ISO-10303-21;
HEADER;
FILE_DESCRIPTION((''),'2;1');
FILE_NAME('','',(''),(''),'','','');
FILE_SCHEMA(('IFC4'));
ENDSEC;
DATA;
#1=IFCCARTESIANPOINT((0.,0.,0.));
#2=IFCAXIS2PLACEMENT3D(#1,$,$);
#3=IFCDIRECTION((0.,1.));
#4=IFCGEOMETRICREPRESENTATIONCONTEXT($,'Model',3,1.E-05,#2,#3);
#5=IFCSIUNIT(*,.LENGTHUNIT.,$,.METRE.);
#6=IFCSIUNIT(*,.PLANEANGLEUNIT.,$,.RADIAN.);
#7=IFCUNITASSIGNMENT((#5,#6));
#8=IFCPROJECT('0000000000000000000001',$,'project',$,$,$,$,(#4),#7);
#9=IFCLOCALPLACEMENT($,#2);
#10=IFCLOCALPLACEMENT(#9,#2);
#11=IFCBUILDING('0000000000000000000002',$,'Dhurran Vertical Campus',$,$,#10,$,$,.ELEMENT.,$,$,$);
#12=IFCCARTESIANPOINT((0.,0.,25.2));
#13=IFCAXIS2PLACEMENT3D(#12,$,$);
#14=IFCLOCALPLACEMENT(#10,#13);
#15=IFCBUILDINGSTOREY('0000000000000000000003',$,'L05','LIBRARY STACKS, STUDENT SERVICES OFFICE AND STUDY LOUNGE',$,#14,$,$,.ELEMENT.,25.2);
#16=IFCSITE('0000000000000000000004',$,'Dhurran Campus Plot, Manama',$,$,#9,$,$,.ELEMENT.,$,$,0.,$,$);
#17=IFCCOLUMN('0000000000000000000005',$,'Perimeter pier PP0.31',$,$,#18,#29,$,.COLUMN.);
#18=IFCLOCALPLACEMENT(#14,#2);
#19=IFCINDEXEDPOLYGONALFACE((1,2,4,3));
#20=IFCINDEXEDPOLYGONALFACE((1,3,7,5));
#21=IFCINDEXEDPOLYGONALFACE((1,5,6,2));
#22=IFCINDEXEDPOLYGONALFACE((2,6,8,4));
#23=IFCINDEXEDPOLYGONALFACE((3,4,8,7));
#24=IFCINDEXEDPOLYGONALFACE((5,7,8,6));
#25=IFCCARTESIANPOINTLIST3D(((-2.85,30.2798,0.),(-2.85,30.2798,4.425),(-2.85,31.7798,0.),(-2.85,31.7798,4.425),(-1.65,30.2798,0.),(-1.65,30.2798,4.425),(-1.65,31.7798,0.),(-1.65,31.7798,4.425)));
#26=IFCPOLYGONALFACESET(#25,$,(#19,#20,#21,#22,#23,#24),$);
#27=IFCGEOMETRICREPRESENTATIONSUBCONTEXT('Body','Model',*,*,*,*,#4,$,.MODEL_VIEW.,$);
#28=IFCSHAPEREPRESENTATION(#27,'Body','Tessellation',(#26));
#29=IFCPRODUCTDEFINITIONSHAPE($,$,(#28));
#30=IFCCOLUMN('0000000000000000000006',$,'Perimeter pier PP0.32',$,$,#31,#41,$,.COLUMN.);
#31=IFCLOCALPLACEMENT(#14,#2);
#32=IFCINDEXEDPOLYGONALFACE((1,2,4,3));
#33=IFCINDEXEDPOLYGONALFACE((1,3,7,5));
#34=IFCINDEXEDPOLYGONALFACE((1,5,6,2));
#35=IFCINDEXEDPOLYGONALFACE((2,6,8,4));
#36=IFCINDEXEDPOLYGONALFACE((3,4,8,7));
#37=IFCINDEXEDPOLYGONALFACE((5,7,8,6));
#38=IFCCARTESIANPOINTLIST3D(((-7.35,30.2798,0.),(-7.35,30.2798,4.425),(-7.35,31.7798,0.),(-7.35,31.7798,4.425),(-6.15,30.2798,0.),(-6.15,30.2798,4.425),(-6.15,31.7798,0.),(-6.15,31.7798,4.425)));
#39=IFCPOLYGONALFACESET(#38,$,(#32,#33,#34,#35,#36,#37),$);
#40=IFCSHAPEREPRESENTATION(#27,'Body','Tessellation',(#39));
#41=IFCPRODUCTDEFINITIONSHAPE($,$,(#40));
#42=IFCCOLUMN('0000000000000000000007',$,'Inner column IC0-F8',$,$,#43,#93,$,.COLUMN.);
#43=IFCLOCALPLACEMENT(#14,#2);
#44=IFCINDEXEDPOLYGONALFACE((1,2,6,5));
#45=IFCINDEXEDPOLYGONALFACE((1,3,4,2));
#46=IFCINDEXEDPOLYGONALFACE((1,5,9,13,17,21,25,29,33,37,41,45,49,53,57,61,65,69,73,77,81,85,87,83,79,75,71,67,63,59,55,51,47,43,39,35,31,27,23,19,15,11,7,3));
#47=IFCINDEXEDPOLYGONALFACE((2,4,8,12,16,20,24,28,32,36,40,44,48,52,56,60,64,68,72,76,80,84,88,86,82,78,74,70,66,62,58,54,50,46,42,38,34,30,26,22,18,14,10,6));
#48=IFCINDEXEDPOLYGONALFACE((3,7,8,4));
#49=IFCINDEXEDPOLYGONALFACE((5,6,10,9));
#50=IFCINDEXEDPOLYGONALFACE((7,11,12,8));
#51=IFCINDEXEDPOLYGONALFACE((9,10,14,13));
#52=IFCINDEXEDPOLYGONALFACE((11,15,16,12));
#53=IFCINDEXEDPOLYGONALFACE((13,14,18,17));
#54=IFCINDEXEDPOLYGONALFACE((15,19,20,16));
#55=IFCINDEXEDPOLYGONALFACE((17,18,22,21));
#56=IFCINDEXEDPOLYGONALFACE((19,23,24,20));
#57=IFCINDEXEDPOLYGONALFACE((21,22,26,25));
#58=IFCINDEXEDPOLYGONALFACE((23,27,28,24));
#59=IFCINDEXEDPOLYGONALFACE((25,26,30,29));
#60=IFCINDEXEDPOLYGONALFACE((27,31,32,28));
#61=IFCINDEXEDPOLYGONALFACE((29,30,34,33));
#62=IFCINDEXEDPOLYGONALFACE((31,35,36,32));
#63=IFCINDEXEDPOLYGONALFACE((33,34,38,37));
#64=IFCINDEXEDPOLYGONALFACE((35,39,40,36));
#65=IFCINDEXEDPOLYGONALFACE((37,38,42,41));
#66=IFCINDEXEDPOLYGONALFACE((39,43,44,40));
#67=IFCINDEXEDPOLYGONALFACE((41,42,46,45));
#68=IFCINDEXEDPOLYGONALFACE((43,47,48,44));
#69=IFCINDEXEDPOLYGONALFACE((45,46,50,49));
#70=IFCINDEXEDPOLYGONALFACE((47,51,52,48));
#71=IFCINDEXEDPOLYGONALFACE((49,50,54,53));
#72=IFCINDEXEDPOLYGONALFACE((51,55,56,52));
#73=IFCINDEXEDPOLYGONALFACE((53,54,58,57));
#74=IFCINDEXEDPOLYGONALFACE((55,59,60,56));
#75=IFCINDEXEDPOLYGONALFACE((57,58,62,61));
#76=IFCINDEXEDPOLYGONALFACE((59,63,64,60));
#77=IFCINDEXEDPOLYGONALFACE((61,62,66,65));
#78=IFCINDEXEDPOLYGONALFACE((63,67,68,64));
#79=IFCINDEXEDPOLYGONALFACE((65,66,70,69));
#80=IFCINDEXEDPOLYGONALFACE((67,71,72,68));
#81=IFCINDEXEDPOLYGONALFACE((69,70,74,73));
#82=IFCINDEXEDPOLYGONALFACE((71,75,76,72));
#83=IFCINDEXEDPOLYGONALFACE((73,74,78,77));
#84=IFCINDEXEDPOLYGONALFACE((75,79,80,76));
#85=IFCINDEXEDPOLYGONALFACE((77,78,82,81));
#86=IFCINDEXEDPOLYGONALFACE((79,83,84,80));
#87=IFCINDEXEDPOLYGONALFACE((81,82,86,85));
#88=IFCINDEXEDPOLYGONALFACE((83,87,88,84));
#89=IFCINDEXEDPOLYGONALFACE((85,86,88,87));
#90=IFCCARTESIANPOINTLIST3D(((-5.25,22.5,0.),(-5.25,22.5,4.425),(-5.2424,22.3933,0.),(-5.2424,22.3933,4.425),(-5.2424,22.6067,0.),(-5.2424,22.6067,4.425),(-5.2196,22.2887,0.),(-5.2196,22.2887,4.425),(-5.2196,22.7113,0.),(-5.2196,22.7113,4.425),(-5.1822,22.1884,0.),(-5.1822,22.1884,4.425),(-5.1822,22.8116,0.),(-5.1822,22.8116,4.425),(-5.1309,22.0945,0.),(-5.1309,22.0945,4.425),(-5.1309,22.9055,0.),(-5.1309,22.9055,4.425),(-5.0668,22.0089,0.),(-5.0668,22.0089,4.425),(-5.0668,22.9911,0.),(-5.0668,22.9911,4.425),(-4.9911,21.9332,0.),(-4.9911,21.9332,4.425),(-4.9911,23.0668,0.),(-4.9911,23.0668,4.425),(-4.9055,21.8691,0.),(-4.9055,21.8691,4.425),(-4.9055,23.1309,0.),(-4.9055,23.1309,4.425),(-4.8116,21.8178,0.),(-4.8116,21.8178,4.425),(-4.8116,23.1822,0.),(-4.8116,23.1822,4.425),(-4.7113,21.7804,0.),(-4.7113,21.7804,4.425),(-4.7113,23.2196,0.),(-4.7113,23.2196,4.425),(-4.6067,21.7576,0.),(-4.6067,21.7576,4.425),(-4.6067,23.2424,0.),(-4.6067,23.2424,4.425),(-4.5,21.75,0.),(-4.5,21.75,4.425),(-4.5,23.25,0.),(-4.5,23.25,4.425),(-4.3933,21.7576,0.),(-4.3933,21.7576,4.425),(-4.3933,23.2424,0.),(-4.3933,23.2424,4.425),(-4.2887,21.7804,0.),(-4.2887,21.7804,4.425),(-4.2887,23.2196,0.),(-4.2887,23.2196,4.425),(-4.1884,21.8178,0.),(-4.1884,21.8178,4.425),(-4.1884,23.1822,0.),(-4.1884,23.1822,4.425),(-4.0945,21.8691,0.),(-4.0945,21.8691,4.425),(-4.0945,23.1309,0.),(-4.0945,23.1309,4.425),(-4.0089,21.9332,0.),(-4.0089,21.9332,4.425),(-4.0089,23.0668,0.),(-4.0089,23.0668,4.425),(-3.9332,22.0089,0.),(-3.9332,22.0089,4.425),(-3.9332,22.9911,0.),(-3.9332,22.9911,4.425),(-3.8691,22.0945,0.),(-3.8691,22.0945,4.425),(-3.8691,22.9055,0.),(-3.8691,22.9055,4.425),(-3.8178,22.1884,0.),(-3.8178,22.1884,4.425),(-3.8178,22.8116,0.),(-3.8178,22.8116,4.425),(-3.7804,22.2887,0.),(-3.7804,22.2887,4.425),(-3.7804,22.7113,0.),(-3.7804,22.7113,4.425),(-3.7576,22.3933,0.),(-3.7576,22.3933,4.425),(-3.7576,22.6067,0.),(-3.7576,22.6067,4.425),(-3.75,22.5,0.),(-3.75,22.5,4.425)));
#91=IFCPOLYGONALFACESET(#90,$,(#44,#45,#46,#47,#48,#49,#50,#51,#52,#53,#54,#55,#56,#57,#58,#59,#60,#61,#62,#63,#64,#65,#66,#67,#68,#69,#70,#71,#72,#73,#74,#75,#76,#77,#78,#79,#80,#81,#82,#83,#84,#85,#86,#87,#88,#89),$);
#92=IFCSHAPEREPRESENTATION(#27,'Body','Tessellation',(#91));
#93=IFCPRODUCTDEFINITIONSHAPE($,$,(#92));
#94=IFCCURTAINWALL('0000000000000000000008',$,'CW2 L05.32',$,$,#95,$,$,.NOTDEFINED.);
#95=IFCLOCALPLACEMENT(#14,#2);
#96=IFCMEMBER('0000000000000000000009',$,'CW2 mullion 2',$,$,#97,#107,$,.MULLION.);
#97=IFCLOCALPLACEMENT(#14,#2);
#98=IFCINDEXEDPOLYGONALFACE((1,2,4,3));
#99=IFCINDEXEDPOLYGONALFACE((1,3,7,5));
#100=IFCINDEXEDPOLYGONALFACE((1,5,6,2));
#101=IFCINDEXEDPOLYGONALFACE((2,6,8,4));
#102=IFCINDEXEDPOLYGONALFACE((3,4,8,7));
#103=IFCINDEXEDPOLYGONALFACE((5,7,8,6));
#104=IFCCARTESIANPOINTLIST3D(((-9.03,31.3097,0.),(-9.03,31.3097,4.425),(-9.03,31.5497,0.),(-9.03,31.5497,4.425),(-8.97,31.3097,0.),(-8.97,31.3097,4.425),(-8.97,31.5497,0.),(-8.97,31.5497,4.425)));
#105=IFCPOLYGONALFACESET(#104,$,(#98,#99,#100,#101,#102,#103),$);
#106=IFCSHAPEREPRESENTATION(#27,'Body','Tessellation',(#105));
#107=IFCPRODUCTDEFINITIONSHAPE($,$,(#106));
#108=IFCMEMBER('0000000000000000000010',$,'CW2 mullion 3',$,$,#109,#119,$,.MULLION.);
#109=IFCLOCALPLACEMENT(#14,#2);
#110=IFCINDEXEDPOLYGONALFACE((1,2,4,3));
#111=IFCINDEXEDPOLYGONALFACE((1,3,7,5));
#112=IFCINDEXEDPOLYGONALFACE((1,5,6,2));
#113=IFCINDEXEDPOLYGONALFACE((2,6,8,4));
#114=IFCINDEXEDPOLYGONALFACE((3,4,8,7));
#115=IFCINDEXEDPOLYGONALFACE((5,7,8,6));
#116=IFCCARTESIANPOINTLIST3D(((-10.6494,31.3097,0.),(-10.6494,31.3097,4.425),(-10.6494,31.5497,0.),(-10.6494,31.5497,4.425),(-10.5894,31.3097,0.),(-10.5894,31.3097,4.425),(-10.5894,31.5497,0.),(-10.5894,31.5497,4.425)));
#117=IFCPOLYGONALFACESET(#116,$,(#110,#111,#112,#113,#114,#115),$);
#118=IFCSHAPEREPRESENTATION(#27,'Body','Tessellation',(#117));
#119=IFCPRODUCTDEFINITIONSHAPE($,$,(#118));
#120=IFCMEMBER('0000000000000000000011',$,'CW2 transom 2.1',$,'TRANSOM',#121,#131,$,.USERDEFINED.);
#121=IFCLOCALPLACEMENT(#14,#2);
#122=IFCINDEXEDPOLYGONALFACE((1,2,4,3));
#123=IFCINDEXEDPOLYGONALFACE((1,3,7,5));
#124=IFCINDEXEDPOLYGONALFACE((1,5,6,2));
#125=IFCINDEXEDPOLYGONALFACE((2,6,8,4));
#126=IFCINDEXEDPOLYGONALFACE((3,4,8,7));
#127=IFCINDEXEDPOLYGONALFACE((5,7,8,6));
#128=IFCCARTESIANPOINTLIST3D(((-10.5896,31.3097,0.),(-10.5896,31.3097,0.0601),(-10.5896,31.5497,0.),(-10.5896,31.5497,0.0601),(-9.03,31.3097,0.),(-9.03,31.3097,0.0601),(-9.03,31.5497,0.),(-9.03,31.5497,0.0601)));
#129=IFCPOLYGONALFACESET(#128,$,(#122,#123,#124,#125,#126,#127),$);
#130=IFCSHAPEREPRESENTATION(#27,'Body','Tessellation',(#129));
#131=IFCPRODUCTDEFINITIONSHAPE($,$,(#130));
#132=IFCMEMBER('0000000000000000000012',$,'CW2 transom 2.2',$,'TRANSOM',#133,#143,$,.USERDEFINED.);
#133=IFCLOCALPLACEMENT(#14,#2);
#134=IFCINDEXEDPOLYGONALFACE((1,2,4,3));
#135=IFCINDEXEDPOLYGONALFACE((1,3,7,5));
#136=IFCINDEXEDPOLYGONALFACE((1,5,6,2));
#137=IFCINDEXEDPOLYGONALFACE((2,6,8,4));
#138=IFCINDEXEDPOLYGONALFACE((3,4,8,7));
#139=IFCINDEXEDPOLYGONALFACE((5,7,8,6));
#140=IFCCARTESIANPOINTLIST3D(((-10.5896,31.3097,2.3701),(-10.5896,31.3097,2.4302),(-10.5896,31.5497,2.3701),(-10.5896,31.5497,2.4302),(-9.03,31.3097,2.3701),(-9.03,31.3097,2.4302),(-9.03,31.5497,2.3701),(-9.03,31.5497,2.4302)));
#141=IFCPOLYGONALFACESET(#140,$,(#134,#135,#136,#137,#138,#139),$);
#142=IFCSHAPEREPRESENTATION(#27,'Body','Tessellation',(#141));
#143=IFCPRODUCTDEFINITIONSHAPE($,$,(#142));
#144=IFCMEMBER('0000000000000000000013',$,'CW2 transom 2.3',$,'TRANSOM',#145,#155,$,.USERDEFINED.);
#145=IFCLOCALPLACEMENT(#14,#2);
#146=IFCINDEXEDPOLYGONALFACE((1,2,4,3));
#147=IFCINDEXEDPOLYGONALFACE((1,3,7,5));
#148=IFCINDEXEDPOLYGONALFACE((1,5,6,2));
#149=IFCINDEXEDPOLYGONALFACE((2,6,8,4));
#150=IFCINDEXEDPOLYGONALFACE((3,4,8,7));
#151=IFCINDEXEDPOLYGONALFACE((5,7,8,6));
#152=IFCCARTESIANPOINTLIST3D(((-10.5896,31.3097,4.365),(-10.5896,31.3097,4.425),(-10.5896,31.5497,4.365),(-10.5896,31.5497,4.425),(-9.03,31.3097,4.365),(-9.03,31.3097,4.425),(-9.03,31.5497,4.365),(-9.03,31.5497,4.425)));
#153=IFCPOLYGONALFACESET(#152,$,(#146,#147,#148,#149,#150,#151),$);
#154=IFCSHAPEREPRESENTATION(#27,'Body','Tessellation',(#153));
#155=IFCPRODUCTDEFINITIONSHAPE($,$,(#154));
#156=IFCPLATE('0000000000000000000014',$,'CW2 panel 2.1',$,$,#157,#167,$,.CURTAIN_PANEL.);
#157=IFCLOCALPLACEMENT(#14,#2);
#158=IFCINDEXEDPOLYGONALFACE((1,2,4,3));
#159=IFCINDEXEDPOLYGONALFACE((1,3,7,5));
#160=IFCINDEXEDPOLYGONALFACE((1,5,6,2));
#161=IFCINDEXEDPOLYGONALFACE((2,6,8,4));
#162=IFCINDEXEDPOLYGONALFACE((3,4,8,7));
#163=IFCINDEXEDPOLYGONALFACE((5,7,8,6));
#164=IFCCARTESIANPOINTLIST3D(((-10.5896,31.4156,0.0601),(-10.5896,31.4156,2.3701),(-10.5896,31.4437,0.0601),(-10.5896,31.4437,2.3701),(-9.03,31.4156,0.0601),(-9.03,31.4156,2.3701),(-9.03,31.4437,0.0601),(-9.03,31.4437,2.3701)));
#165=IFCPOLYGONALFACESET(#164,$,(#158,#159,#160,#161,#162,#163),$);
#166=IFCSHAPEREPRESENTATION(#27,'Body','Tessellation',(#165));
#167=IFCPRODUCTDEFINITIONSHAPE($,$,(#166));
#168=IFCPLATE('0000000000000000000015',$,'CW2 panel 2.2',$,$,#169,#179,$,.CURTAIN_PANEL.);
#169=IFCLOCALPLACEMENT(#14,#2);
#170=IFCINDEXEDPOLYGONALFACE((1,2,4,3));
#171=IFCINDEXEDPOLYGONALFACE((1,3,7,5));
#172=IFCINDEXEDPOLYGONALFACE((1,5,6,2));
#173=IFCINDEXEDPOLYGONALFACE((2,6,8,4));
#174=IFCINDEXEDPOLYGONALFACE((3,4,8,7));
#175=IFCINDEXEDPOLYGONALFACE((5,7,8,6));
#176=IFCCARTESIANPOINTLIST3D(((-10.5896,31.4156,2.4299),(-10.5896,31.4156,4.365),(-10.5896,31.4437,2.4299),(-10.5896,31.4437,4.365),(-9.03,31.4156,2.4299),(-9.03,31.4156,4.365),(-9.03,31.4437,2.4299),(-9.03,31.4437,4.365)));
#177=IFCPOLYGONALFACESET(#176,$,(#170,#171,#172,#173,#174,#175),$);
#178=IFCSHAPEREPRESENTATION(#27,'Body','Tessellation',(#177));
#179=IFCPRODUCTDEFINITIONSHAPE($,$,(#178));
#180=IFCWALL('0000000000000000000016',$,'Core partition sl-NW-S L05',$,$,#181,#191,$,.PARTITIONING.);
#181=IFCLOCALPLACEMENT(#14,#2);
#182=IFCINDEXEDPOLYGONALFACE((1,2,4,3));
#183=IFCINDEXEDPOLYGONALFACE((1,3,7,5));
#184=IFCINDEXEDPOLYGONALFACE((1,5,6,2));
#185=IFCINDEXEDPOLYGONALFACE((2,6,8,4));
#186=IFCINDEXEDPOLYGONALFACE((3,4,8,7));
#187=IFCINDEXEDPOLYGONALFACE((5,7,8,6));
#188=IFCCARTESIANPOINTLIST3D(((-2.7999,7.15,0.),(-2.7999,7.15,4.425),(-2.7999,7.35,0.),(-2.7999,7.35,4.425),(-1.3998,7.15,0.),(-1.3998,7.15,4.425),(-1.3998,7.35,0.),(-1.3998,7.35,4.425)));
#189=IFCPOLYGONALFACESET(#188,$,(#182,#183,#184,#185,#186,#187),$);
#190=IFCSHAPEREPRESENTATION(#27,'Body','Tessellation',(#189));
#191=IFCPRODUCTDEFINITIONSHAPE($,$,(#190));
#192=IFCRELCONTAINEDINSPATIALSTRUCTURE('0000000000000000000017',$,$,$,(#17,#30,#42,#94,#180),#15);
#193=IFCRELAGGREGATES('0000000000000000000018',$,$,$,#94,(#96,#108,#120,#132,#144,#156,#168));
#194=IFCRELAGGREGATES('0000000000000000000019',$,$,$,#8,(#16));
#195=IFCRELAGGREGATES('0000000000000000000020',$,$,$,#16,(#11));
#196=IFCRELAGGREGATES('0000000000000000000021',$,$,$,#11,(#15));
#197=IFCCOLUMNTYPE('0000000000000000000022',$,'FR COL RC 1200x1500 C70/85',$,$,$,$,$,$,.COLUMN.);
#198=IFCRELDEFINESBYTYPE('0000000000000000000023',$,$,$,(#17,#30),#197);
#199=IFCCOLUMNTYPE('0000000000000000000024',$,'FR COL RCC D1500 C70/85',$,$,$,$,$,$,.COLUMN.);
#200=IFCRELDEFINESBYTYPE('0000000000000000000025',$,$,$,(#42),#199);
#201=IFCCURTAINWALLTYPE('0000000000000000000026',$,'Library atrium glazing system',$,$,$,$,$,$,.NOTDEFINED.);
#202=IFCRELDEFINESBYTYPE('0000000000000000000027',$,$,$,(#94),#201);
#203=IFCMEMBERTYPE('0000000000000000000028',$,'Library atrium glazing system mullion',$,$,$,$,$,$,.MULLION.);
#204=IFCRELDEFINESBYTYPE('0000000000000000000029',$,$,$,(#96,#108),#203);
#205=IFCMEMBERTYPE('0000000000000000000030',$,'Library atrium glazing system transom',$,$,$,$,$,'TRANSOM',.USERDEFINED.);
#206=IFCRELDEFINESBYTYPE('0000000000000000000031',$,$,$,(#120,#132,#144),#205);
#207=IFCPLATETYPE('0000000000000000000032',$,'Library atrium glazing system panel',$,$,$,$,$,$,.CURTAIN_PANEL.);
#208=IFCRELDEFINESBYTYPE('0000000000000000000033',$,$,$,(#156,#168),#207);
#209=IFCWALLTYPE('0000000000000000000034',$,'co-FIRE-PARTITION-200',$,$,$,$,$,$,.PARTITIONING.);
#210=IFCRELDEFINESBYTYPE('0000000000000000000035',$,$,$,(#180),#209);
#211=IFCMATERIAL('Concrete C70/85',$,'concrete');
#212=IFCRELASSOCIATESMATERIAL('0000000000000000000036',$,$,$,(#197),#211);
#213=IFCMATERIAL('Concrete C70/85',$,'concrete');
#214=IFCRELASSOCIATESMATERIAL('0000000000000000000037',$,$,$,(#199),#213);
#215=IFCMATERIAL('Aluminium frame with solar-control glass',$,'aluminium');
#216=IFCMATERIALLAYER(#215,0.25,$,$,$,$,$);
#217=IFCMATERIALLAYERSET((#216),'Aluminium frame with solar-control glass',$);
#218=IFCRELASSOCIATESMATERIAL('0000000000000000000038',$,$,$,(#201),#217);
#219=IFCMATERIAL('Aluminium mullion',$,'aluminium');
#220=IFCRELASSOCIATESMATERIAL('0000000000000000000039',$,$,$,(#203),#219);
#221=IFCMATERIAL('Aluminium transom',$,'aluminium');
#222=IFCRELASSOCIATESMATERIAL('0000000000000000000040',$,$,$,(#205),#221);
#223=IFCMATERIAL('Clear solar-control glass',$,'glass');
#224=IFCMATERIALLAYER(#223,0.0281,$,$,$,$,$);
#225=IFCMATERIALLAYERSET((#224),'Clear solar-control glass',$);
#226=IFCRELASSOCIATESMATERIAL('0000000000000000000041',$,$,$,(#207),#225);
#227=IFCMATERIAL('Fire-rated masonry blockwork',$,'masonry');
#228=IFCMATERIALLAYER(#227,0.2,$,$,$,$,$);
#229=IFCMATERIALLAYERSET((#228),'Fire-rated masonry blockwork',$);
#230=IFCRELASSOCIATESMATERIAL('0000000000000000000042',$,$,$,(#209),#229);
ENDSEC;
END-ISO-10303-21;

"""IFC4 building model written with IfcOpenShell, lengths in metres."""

from ifc_helpers import new_model, si_unit, direction, frame, frame_2d, origin, origin_2d, place, context, subcontext, project, spatial, rectangle, circle, extrude, material, layer, layer_set, material_profile, profile_set, type_object, element, aggregate, save


model = new_model("IFC4")

# Units and contexts
model_context = context("Model", 3, precision=1e-05, world=origin(), true_north=direction((0.0, 1.0)))
body_context = subcontext(model_context, "Body", "Model", "MODEL_VIEW")
ifc_project = project(units=[si_unit("LENGTHUNIT", "METRE"), si_unit("PLANEANGLEUNIT", "RADIAN")], contexts=[model_context])

# Site, building, storey
site_placement = place(None, origin())
site = spatial("IfcSite", under=ifc_project, at=site_placement, Name="Dhurran Campus Plot, Manama", CompositionType="ELEMENT", RefElevation=0.0)
building_placement = place(site_placement, origin())
building = spatial("IfcBuilding", under=site, at=building_placement, Name="Dhurran Vertical Campus", CompositionType="ELEMENT")
storey_placement = place(building_placement, frame((0.0, 0.0, 25.2)))
storey = spatial("IfcBuildingStorey", under=building, at=storey_placement, Name="L05", Description="LIBRARY STACKS, STUDENT SERVICES OFFICE AND STUDY LOUNGE", CompositionType="ELEMENT", Elevation=25.2)

# Columns
ifc_material_1 = material(Name="Concrete C70/85", Category="concrete")
ifc_material_profile_1 = material_profile(ifc_material_1, rectangle(XDim=1.2, YDim=1.5, at=origin_2d()), Name="RC 1200x1500")
ifc_profile_set_1 = profile_set([ifc_material_profile_1], Name="Concrete C70/85")
column_type_1 = type_object("IfcColumnType", Name="FR COL RC 1200x1500 C70/85", PredefinedType="COLUMN", material=ifc_profile_set_1)
for number, where, z_axis, x_axis, name in (
    (1, (-2.25, 31.0298, 0.0), (0.0, 0.0, 1.0), (-1.0, 0.0, 0.0), "Perimeter pier PP0.31"),
    (2, (-6.75, 31.0298, 0.0), (0.0, 0.0, 1.0), (-1.0, 0.0, 0.0), "Perimeter pier PP0.32"),
):
    element("IfcColumn", number, at=place(storey_placement, frame(where, z_axis=z_axis, x_axis=x_axis)), inside=storey, type_object=column_type_1, Name=name, PredefinedType="COLUMN", context=body_context, shape_type="SweptSolid", body=[
        extrude(rectangle(XDim=1.2, YDim=1.5, at=origin_2d()), origin(), (0.0, 0.0, 1.0), 4.425),
    ])
ifc_material_2 = material(Name="Concrete C70/85", Category="concrete")
ifc_material_profile_2 = material_profile(ifc_material_2, circle(Radius=0.75, at=origin_2d()), Name="RCC D1500")
ifc_profile_set_2 = profile_set([ifc_material_profile_2], Name="Concrete C70/85")
column_type_2 = type_object("IfcColumnType", Name="FR COL RCC D1500 C70/85", PredefinedType="COLUMN", material=ifc_profile_set_2)
column_placement = place(storey_placement, frame((-4.5, 22.5, 0.0), z_axis=(0.0, 0.0, 1.0), x_axis=(1.0, 0.0, 0.0)))
element("IfcColumn", 3, at=column_placement, inside=storey, type_object=column_type_2, Name="Inner column IC0-F8", PredefinedType="COLUMN", context=body_context, shape_type="SweptSolid", body=[
    extrude(circle(Radius=0.75, at=origin_2d()), origin(), (0.0, 0.0, 1.0), 4.425),
])

# Curtain wall, members, plates
ifc_material_3 = material(Name="Aluminium frame with solar-control glass", Category="aluminium")
ifc_layer_1 = layer(ifc_material_3, 0.25)
ifc_layer_set_1 = layer_set([ifc_layer_1], Name="Aluminium frame with solar-control glass")
curtain_wall_type = type_object("IfcCurtainWallType", Name="Library atrium glazing system", PredefinedType="NOTDEFINED", material=ifc_layer_set_1)
curtain_wall_placement = place(storey_placement, origin())
curtain_wall = element("IfcCurtainWall", 4, at=curtain_wall_placement, inside=storey, type_object=curtain_wall_type, Name="CW2 L05.32", PredefinedType="NOTDEFINED")
ifc_material_4 = material(Name="Aluminium mullion", Category="aluminium")
ifc_material_profile_3 = material_profile(ifc_material_4, rectangle(XDim=0.24, YDim=0.0601, at=origin_2d()), Name="Library atrium glazing system mullion")
ifc_profile_set_3 = profile_set([ifc_material_profile_3], Name="Aluminium mullion")
member_type_1 = type_object("IfcMemberType", Name="Library atrium glazing system mullion", PredefinedType="MULLION", material=ifc_profile_set_3)
member_1_placement = place(storey_placement, frame((-9.0, 31.4297, 0.0), z_axis=(0.0, 0.0, 1.0), x_axis=(0.0, -1.0, 0.0)))
member_1 = element("IfcMember", 5, at=member_1_placement, type_object=member_type_1, Name="CW2 mullion 2", PredefinedType="MULLION", context=body_context, shape_type="SweptSolid", body=[
    extrude(rectangle(XDim=0.24, YDim=0.0601, at=origin_2d()), origin(), (0.0, 0.0, 1.0), 4.425),
])
member_2_placement = place(storey_placement, frame((-10.6194, 31.4297, 0.0), z_axis=(0.0, 0.0, 1.0), x_axis=(0.0, -1.0, 0.0)))
member_2 = element("IfcMember", 6, at=member_2_placement, type_object=member_type_1, Name="CW2 mullion 3", PredefinedType="MULLION", context=body_context, shape_type="SweptSolid", body=[
    extrude(rectangle(XDim=0.24, YDim=0.0601, at=origin_2d()), origin(), (0.0, 0.0, 1.0), 4.425),
])
ifc_material_5 = material(Name="Aluminium transom", Category="aluminium")
ifc_material_profile_4 = material_profile(ifc_material_5, rectangle(XDim=0.24, YDim=0.0601, at=origin_2d()), Name="Library atrium glazing system transom")
ifc_profile_set_4 = profile_set([ifc_material_profile_4], Name="Aluminium transom")
member_type_2 = type_object("IfcMemberType", Name="Library atrium glazing system transom", ElementType="TRANSOM", PredefinedType="USERDEFINED", material=ifc_profile_set_4)
member_3_placement = place(storey_placement, frame((-9.03, 31.4297, 0.03), z_axis=(-1.0, 0.0, 0.0), x_axis=(0.0, -1.0, 0.0)))
member_3 = element("IfcMember", 7, at=member_3_placement, type_object=member_type_2, Name="CW2 transom 2.1", ObjectType="TRANSOM", PredefinedType="USERDEFINED", context=body_context, shape_type="SweptSolid", body=[
    extrude(rectangle(XDim=0.24, YDim=0.0601, at=origin_2d()), origin(), (0.0, 0.0, 1.0), 1.5596),
])
member_4_placement = place(storey_placement, frame((-9.03, 31.4297, 2.4001), z_axis=(-1.0, 0.0, 0.0), x_axis=(0.0, -1.0, 0.0)))
member_4 = element("IfcMember", 8, at=member_4_placement, type_object=member_type_2, Name="CW2 transom 2.2", ObjectType="TRANSOM", PredefinedType="USERDEFINED", context=body_context, shape_type="SweptSolid", body=[
    extrude(rectangle(XDim=0.24, YDim=0.0601, at=origin_2d()), origin(), (0.0, 0.0, 1.0), 1.5596),
])
member_5_placement = place(storey_placement, frame((-9.03, 31.4297, 4.395), z_axis=(-1.0, 0.0, 0.0), x_axis=(0.0, -1.0, 0.0)))
member_5 = element("IfcMember", 9, at=member_5_placement, type_object=member_type_2, Name="CW2 transom 2.3", ObjectType="TRANSOM", PredefinedType="USERDEFINED", context=body_context, shape_type="SweptSolid", body=[
    extrude(rectangle(XDim=0.24, YDim=0.0601, at=origin_2d()), origin(), (0.0, 0.0, 1.0), 1.5596),
])
ifc_material_6 = material(Name="Clear solar-control glass", Category="glass")
ifc_layer_2 = layer(ifc_material_6, 0.0281)
ifc_layer_set_2 = layer_set([ifc_layer_2], Name="Clear solar-control glass")
plate_type = type_object("IfcPlateType", Name="Library atrium glazing system panel", PredefinedType="CURTAIN_PANEL", material=ifc_layer_set_2)
plate_1_placement = place(storey_placement, frame((-9.8098, 31.4297, 0.0601), z_axis=(0.0, 0.0, 1.0), x_axis=(-1.0, 0.0, 0.0)))
plate_1 = element("IfcPlate", 10, at=plate_1_placement, type_object=plate_type, Name="CW2 panel 2.1", PredefinedType="CURTAIN_PANEL", context=body_context, shape_type="SweptSolid", body=[
    extrude(rectangle(XDim=1.5596, YDim=0.0281, at=origin_2d()), origin(), (0.0, 0.0, 1.0), 2.3101),
])
plate_2_placement = place(storey_placement, frame((-9.8098, 31.4297, 2.4299), z_axis=(0.0, 0.0, 1.0), x_axis=(-1.0, 0.0, 0.0)))
plate_2 = element("IfcPlate", 11, at=plate_2_placement, type_object=plate_type, Name="CW2 panel 2.2", PredefinedType="CURTAIN_PANEL", context=body_context, shape_type="SweptSolid", body=[
    extrude(rectangle(XDim=1.5596, YDim=0.0281, at=origin_2d()), origin(), (0.0, 0.0, 1.0), 1.9351),
])
aggregate(curtain_wall, [member_1, member_2, member_3, member_4, member_5, plate_1, plate_2])

# Wall
ifc_material_7 = material(Name="Fire-rated masonry blockwork", Category="masonry")
ifc_layer_3 = layer(ifc_material_7, 0.2)
ifc_layer_set_3 = layer_set([ifc_layer_3], Name="Fire-rated masonry blockwork")
wall_type_1 = type_object("IfcWallType", Name="co-FIRE-PARTITION-200", PredefinedType="PARTITIONING", material=ifc_layer_set_3)
wall_1_placement = place(storey_placement, frame((-2.8, 7.25, 0.0), z_axis=(0.0, 0.0, 1.0), x_axis=(1.0, 0.0, 0.0)))
element("IfcWall", 12, at=wall_1_placement, inside=storey, type_object=wall_type_1, Name="Core partition sl-NW-S L05", PredefinedType="PARTITIONING", context=body_context, shape_type="SweptSolid", body=[
    extrude(rectangle(XDim=1.4001, YDim=0.2, at=frame_2d((0.7002, 0.0))), origin(), (0.0, 0.0, 1.0), 4.425),
])

save(model, "model.ifc")
